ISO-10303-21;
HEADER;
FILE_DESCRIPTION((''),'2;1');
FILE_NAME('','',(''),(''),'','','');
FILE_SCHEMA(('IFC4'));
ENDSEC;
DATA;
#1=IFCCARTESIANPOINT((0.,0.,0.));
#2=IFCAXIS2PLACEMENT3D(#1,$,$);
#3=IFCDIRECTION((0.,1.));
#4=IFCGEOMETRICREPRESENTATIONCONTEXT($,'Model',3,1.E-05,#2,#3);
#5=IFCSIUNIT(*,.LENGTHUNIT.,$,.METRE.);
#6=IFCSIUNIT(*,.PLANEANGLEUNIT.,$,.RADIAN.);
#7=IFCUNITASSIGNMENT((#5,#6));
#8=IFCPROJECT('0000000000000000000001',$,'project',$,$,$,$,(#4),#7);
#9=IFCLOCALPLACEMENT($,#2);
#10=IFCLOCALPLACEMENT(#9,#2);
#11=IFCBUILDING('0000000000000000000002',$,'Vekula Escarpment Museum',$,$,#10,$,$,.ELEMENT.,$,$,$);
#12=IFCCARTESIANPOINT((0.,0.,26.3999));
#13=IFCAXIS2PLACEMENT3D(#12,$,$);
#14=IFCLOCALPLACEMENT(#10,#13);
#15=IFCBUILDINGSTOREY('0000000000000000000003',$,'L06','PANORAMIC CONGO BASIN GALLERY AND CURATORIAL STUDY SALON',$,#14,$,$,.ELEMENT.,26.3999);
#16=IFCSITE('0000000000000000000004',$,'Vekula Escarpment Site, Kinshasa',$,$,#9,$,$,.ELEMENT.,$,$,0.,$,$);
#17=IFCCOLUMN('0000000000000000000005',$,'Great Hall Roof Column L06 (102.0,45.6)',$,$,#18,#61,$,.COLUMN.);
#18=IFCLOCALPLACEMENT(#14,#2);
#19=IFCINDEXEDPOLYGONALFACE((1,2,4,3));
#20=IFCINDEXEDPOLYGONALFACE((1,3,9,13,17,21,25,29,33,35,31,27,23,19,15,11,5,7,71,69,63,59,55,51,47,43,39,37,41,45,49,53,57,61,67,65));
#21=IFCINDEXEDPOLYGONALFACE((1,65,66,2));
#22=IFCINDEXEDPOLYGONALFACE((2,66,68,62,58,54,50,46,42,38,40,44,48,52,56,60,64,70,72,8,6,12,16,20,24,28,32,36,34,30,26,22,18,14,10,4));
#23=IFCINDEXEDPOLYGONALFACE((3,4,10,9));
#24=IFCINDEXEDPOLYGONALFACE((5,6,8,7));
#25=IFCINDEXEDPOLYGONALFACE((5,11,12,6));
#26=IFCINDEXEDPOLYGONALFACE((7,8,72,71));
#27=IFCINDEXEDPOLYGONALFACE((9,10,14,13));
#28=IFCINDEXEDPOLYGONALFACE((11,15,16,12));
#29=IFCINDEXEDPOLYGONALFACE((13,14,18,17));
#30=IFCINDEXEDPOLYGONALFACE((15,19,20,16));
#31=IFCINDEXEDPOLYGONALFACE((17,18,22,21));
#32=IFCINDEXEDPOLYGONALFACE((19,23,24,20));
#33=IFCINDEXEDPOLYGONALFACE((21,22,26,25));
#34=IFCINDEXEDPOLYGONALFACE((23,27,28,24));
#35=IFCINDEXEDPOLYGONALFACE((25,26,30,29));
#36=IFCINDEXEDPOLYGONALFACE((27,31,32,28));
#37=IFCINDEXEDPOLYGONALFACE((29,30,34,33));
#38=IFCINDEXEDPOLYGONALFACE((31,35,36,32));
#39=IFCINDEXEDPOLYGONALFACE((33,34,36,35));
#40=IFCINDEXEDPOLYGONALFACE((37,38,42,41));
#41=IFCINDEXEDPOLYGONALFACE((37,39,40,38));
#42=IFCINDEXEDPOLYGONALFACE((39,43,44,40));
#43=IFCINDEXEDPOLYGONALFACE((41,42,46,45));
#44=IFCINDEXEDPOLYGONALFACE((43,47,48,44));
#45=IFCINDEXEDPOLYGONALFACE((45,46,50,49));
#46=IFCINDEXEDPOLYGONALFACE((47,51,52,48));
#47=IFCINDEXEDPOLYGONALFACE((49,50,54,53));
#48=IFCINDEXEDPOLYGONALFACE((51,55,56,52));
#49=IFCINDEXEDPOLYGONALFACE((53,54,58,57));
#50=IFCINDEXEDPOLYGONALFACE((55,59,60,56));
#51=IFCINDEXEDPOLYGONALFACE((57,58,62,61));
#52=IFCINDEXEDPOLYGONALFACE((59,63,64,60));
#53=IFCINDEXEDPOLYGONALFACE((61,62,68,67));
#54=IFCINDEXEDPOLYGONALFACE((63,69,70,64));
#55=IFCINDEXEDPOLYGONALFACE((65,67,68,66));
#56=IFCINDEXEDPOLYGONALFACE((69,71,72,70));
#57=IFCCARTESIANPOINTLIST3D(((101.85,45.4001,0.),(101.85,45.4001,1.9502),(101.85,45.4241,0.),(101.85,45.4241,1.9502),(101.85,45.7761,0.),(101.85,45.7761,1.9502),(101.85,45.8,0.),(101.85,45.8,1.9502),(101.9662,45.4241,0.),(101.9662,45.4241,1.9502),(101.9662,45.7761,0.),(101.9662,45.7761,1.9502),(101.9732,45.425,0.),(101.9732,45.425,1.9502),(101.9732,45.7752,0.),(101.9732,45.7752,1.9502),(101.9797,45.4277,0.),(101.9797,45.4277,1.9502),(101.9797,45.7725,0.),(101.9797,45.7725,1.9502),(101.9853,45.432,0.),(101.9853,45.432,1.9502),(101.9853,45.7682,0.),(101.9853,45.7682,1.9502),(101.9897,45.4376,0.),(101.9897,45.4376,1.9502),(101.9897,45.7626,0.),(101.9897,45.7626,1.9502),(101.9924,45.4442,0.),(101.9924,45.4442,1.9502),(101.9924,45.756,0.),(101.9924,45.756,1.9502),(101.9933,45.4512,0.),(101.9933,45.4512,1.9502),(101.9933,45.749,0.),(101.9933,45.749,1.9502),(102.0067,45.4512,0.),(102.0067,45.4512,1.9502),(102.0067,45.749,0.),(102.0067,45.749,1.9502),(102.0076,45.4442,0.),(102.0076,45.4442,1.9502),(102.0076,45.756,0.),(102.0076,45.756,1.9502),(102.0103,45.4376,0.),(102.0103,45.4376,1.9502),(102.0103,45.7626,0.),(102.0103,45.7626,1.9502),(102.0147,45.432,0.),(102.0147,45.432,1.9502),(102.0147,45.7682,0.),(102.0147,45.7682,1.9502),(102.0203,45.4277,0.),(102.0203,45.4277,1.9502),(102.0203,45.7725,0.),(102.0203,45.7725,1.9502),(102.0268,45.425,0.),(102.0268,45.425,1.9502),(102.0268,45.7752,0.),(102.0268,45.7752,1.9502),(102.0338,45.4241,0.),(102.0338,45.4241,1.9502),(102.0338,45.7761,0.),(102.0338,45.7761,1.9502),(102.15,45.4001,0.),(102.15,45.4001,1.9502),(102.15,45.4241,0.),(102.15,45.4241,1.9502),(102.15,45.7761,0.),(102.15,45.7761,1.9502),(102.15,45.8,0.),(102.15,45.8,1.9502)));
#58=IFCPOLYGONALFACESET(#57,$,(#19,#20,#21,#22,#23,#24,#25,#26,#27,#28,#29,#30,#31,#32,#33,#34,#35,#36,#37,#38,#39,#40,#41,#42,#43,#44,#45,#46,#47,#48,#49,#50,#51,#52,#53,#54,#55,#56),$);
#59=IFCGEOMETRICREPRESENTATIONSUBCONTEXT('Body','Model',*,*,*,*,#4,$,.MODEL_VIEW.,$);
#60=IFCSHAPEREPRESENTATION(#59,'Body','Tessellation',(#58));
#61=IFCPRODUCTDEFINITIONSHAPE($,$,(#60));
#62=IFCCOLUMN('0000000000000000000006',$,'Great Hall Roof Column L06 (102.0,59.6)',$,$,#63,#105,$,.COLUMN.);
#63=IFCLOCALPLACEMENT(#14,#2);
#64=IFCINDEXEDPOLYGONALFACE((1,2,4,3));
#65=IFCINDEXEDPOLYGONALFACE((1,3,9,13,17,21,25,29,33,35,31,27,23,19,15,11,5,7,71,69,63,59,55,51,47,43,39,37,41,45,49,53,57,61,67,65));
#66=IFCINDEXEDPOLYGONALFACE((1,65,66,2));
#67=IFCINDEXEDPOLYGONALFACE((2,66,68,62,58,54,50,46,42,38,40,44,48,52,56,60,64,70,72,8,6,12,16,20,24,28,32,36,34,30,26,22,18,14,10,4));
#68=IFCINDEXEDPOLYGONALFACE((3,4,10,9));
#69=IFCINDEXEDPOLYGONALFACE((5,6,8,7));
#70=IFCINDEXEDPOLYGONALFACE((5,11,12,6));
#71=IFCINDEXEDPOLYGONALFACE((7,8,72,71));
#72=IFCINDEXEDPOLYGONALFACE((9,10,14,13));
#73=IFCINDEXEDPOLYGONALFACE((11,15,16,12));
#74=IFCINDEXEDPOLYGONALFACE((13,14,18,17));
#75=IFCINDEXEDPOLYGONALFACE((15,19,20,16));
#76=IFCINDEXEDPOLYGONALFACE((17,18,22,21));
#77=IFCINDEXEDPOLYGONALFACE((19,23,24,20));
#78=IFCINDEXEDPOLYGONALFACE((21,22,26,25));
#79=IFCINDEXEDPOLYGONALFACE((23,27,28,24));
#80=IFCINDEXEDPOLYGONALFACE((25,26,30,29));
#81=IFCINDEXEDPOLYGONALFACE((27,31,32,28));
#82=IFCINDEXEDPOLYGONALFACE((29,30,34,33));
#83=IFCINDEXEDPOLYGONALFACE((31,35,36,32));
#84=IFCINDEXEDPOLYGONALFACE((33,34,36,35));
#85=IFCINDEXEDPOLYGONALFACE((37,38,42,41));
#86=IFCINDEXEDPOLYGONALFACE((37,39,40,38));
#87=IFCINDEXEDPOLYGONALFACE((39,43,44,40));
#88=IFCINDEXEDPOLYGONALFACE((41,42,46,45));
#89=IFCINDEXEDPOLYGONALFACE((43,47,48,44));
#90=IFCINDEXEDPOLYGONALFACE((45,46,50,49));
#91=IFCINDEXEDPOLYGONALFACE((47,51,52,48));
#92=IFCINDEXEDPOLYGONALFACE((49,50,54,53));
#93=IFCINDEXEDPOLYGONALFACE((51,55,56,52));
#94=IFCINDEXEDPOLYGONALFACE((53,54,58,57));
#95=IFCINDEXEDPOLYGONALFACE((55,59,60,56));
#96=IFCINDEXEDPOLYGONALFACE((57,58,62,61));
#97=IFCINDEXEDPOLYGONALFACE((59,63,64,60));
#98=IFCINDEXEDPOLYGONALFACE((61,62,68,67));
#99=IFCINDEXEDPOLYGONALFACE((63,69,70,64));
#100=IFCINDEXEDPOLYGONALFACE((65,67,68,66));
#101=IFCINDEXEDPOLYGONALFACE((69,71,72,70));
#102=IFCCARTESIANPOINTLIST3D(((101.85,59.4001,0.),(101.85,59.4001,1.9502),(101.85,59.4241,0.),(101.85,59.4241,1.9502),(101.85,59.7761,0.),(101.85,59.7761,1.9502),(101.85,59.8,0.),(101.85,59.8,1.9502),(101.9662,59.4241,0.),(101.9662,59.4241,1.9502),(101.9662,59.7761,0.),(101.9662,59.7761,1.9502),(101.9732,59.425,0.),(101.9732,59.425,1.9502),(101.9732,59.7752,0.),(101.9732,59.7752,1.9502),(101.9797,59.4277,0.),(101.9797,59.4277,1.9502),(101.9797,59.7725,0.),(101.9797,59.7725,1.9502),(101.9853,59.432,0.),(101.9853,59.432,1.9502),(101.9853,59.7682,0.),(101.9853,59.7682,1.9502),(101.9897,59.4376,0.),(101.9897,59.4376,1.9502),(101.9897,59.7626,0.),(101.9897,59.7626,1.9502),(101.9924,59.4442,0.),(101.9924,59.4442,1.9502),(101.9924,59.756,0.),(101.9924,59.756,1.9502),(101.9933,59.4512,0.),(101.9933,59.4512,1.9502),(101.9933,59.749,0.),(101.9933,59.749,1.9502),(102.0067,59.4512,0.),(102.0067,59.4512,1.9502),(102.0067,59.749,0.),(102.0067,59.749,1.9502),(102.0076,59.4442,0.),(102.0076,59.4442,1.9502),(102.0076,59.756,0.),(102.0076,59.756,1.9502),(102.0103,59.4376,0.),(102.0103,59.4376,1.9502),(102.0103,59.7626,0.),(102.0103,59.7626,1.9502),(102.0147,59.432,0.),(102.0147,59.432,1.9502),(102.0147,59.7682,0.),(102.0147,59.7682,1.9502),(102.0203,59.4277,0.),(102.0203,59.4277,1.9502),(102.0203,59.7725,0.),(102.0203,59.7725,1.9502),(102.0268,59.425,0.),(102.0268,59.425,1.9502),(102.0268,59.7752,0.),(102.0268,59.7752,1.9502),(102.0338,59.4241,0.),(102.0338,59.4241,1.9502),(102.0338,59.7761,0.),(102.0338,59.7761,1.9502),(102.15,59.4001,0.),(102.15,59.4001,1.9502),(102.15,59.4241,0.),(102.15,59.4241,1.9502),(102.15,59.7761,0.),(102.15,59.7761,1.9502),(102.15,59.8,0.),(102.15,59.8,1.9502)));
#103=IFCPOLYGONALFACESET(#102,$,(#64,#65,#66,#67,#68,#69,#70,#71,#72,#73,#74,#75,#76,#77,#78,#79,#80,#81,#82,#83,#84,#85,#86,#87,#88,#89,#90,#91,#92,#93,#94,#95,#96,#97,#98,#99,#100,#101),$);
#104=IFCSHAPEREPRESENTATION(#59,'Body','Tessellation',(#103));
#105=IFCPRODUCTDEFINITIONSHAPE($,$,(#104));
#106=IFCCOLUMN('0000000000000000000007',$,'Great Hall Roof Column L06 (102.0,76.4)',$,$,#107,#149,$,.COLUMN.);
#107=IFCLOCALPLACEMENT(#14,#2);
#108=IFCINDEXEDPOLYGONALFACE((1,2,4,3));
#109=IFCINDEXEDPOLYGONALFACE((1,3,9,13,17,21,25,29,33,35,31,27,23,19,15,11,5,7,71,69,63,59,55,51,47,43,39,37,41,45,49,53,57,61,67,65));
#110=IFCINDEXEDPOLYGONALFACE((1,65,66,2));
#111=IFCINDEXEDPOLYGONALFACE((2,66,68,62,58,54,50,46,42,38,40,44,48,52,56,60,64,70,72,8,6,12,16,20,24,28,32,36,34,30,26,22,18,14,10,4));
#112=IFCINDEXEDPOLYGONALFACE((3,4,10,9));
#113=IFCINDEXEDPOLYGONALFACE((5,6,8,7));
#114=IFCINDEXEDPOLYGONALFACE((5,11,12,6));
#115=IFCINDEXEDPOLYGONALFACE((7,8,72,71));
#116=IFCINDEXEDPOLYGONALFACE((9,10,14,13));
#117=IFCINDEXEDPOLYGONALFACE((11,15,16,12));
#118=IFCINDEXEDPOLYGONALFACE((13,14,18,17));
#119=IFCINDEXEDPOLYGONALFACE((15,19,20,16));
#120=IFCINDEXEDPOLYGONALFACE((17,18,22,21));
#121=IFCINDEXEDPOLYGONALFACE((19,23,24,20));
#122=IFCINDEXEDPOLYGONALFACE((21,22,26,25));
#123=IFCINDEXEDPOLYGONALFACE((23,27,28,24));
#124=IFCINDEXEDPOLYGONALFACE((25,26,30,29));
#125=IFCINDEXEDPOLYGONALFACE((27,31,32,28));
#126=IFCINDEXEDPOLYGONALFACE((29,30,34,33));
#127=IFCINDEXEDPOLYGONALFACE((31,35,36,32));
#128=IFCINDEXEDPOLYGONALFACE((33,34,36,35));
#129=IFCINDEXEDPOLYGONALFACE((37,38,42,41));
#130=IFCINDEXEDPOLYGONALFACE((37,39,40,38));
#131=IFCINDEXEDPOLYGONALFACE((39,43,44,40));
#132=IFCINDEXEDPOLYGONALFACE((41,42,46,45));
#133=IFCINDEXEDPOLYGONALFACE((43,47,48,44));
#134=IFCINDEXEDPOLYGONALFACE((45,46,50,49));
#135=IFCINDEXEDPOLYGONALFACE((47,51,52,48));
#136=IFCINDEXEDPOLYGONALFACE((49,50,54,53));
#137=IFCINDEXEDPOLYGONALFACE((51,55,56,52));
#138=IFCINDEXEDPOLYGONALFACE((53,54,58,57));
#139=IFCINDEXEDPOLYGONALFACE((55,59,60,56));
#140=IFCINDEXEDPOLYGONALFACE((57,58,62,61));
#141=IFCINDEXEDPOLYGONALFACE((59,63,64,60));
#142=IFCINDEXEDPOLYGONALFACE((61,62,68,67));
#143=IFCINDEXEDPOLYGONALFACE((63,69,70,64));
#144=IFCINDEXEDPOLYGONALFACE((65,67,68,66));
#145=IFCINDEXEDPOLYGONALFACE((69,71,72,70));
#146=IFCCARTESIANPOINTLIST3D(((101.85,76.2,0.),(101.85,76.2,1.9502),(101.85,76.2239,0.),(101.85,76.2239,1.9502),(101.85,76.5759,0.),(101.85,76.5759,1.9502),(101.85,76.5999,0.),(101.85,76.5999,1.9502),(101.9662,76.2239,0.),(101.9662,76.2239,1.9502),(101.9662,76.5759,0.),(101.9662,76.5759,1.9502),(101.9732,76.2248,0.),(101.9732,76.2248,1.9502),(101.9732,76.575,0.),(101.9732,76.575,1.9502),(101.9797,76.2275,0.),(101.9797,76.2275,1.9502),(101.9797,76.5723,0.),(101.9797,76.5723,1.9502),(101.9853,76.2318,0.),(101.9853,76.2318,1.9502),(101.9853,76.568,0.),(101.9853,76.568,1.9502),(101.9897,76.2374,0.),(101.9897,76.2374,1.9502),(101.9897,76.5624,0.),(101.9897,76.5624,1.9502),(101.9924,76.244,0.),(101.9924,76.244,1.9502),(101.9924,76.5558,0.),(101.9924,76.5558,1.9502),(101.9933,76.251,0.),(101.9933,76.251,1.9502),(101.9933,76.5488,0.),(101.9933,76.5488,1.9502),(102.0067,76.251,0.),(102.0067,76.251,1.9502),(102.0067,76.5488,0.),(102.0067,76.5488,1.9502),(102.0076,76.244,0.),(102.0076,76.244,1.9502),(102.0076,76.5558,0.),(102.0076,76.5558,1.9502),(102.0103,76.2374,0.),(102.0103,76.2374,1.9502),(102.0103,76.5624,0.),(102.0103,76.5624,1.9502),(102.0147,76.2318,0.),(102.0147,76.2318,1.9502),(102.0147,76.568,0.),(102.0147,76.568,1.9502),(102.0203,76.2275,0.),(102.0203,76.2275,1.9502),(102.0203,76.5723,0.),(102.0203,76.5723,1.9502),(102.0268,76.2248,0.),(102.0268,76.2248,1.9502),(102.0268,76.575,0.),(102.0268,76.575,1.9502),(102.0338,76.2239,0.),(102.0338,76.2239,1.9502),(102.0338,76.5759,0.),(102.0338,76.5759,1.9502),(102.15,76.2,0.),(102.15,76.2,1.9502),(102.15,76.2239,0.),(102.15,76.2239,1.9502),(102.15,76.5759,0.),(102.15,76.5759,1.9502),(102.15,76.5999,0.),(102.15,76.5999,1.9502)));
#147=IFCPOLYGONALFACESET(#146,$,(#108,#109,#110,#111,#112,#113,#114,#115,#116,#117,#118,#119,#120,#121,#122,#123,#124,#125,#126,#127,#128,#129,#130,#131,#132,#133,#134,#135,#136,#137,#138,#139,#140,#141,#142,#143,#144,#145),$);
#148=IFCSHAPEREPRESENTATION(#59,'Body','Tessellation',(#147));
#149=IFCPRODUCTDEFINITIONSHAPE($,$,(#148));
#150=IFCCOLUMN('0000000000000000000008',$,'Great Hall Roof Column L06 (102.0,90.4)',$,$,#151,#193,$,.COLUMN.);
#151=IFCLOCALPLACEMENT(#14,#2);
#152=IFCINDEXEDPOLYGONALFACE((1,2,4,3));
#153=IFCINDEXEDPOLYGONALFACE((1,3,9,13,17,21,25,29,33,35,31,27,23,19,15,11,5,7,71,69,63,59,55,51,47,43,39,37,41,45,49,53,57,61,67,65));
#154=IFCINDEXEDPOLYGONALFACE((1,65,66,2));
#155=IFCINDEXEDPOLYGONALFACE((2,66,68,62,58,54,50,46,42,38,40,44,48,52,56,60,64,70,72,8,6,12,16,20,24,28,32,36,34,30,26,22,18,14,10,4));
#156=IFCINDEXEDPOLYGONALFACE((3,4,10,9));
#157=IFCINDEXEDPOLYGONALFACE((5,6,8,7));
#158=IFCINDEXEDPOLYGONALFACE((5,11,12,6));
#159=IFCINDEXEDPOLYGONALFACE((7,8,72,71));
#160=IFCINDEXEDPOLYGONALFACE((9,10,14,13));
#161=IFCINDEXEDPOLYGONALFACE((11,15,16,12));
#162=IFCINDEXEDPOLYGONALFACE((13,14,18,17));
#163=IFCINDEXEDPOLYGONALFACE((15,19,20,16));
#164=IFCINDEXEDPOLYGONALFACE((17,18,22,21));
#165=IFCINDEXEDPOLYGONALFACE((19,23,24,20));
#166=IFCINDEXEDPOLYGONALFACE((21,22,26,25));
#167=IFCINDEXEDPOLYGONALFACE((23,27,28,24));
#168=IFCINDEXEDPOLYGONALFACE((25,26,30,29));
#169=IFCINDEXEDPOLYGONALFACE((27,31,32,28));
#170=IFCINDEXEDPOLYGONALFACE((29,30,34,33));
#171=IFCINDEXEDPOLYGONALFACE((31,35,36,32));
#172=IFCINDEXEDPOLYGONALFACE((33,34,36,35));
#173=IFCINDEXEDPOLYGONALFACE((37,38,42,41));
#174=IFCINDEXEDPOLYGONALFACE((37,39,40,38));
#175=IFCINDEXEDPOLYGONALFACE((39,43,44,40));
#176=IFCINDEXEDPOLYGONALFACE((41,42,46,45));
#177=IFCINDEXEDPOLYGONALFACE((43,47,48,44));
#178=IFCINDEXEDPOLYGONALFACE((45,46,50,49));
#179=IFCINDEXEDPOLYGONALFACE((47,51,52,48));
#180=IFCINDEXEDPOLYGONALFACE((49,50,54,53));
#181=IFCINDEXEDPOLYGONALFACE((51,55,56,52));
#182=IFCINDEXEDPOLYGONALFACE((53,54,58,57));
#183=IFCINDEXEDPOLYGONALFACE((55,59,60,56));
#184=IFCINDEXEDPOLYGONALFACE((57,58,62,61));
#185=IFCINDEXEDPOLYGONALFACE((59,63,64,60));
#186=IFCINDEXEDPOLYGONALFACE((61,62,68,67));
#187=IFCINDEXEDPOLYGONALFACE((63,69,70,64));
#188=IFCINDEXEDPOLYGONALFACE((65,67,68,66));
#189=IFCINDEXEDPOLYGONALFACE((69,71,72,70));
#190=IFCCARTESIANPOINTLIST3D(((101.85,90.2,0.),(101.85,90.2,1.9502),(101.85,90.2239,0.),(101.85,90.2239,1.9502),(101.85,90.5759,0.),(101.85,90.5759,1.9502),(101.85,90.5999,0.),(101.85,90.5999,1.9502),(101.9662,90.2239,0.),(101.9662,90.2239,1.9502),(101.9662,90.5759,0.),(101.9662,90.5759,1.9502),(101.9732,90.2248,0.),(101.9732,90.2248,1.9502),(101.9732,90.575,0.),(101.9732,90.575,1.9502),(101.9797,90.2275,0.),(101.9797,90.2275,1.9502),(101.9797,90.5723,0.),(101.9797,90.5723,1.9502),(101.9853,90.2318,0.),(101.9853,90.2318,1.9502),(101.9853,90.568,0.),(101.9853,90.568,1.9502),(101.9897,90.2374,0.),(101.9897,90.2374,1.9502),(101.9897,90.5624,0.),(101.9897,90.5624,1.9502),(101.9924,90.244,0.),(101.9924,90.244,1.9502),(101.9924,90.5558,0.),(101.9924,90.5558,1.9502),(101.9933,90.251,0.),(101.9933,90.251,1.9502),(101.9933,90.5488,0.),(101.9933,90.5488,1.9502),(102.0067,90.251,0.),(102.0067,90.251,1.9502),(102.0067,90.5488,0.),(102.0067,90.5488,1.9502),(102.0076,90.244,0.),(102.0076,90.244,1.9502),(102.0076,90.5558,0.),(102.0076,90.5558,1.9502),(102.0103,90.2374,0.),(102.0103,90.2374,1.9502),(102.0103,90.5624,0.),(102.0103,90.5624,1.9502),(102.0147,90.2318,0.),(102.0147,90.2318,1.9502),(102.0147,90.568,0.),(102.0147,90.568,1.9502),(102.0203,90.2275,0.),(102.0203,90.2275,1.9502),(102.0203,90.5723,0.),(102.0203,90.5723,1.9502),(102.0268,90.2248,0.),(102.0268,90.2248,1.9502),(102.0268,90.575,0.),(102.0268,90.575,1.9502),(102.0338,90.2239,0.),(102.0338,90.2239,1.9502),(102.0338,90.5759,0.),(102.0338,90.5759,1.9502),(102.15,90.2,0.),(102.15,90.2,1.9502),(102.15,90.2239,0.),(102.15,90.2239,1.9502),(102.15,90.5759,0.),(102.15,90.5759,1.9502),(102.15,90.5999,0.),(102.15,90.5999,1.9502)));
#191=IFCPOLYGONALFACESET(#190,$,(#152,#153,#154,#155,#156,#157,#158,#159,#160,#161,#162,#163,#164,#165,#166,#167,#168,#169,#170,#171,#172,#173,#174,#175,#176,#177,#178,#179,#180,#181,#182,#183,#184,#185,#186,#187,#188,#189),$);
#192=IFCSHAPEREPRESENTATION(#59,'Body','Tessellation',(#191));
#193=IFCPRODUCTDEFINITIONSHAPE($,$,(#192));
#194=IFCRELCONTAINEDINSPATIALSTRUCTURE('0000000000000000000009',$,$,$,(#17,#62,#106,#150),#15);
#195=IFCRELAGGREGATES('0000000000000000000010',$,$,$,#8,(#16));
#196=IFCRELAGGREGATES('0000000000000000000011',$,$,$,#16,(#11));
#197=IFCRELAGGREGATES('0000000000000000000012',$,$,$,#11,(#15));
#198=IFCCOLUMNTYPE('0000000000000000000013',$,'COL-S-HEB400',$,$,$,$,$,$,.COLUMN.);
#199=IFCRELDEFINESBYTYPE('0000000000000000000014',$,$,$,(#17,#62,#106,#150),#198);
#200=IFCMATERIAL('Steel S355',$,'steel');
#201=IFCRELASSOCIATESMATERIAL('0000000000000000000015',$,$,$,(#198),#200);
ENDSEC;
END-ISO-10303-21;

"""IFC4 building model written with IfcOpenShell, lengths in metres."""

from ifc_helpers import new_model, si_unit, direction, frame, origin, origin_2d, place, context, subcontext, project, spatial, i_section, extrude, material, material_profile, profile_set, type_object, element, save


model = new_model("IFC4")

# Units and contexts
model_context = context("Model", 3, precision=1e-05, world=origin(), true_north=direction((0.0, 1.0)))
body_context = subcontext(model_context, "Body", "Model", "MODEL_VIEW")
ifc_project = project(units=[si_unit("LENGTHUNIT", "METRE"), si_unit("PLANEANGLEUNIT", "RADIAN")], contexts=[model_context])

# Site, building, storey
site_placement = place(None, origin())
site = spatial("IfcSite", under=ifc_project, at=site_placement, Name="Vekula Escarpment Site, Kinshasa", CompositionType="ELEMENT", RefElevation=0.0)
building_placement = place(site_placement, origin())
building = spatial("IfcBuilding", under=site, at=building_placement, Name="Vekula Escarpment Museum", CompositionType="ELEMENT")
storey_placement = place(building_placement, frame((0.0, 0.0, 26.3999)))
storey = spatial("IfcBuildingStorey", under=building, at=storey_placement, Name="L06", Description="PANORAMIC CONGO BASIN GALLERY AND CURATORIAL STUDY SALON", CompositionType="ELEMENT", Elevation=26.3999)

# Columns
ifc_material_1 = material(Name="Steel S355", Category="steel")
ifc_material_profile_1 = material_profile(ifc_material_1, i_section(OverallWidth=0.3, OverallDepth=0.3999, WebThickness=0.0134, FlangeThickness=0.0239, FilletRadius=0.0271, at=origin_2d()), Name="HEB 400")
ifc_profile_set_1 = profile_set([ifc_material_profile_1], Name="Steel S355")
column_type = type_object("IfcColumnType", Name="COL-S-HEB400", PredefinedType="COLUMN", material=ifc_profile_set_1)
for number, where, z_axis, x_axis, name in (
    (1, (102.0, 45.6001, 0.0), (0.0, 0.0, 1.0), (1.0, 0.0, 0.0), "Great Hall Roof Column L06 (102.0,45.6)"),
    (2, (102.0, 59.6001, 0.0), (0.0, 0.0, 1.0), (1.0, 0.0, 0.0), "Great Hall Roof Column L06 (102.0,59.6)"),
    (3, (102.0, 76.3999, 0.0), (0.0, 0.0, 1.0), (1.0, 0.0, 0.0), "Great Hall Roof Column L06 (102.0,76.4)"),
    (4, (102.0, 90.3999, 0.0), (0.0, 0.0, 1.0), (1.0, 0.0, 0.0), "Great Hall Roof Column L06 (102.0,90.4)"),
):
    element("IfcColumn", number, at=place(storey_placement, frame(where, z_axis=z_axis, x_axis=x_axis)), inside=storey, type_object=column_type, Name=name, PredefinedType="COLUMN", context=body_context, shape_type="SweptSolid", body=[
        extrude(i_section(OverallWidth=0.3, OverallDepth=0.3999, WebThickness=0.0134, FlangeThickness=0.0239, FilletRadius=0.0271, at=origin_2d()), origin(), (0.0, 0.0, 1.0), 1.9502),
    ])

save(model, "model.ifc")
